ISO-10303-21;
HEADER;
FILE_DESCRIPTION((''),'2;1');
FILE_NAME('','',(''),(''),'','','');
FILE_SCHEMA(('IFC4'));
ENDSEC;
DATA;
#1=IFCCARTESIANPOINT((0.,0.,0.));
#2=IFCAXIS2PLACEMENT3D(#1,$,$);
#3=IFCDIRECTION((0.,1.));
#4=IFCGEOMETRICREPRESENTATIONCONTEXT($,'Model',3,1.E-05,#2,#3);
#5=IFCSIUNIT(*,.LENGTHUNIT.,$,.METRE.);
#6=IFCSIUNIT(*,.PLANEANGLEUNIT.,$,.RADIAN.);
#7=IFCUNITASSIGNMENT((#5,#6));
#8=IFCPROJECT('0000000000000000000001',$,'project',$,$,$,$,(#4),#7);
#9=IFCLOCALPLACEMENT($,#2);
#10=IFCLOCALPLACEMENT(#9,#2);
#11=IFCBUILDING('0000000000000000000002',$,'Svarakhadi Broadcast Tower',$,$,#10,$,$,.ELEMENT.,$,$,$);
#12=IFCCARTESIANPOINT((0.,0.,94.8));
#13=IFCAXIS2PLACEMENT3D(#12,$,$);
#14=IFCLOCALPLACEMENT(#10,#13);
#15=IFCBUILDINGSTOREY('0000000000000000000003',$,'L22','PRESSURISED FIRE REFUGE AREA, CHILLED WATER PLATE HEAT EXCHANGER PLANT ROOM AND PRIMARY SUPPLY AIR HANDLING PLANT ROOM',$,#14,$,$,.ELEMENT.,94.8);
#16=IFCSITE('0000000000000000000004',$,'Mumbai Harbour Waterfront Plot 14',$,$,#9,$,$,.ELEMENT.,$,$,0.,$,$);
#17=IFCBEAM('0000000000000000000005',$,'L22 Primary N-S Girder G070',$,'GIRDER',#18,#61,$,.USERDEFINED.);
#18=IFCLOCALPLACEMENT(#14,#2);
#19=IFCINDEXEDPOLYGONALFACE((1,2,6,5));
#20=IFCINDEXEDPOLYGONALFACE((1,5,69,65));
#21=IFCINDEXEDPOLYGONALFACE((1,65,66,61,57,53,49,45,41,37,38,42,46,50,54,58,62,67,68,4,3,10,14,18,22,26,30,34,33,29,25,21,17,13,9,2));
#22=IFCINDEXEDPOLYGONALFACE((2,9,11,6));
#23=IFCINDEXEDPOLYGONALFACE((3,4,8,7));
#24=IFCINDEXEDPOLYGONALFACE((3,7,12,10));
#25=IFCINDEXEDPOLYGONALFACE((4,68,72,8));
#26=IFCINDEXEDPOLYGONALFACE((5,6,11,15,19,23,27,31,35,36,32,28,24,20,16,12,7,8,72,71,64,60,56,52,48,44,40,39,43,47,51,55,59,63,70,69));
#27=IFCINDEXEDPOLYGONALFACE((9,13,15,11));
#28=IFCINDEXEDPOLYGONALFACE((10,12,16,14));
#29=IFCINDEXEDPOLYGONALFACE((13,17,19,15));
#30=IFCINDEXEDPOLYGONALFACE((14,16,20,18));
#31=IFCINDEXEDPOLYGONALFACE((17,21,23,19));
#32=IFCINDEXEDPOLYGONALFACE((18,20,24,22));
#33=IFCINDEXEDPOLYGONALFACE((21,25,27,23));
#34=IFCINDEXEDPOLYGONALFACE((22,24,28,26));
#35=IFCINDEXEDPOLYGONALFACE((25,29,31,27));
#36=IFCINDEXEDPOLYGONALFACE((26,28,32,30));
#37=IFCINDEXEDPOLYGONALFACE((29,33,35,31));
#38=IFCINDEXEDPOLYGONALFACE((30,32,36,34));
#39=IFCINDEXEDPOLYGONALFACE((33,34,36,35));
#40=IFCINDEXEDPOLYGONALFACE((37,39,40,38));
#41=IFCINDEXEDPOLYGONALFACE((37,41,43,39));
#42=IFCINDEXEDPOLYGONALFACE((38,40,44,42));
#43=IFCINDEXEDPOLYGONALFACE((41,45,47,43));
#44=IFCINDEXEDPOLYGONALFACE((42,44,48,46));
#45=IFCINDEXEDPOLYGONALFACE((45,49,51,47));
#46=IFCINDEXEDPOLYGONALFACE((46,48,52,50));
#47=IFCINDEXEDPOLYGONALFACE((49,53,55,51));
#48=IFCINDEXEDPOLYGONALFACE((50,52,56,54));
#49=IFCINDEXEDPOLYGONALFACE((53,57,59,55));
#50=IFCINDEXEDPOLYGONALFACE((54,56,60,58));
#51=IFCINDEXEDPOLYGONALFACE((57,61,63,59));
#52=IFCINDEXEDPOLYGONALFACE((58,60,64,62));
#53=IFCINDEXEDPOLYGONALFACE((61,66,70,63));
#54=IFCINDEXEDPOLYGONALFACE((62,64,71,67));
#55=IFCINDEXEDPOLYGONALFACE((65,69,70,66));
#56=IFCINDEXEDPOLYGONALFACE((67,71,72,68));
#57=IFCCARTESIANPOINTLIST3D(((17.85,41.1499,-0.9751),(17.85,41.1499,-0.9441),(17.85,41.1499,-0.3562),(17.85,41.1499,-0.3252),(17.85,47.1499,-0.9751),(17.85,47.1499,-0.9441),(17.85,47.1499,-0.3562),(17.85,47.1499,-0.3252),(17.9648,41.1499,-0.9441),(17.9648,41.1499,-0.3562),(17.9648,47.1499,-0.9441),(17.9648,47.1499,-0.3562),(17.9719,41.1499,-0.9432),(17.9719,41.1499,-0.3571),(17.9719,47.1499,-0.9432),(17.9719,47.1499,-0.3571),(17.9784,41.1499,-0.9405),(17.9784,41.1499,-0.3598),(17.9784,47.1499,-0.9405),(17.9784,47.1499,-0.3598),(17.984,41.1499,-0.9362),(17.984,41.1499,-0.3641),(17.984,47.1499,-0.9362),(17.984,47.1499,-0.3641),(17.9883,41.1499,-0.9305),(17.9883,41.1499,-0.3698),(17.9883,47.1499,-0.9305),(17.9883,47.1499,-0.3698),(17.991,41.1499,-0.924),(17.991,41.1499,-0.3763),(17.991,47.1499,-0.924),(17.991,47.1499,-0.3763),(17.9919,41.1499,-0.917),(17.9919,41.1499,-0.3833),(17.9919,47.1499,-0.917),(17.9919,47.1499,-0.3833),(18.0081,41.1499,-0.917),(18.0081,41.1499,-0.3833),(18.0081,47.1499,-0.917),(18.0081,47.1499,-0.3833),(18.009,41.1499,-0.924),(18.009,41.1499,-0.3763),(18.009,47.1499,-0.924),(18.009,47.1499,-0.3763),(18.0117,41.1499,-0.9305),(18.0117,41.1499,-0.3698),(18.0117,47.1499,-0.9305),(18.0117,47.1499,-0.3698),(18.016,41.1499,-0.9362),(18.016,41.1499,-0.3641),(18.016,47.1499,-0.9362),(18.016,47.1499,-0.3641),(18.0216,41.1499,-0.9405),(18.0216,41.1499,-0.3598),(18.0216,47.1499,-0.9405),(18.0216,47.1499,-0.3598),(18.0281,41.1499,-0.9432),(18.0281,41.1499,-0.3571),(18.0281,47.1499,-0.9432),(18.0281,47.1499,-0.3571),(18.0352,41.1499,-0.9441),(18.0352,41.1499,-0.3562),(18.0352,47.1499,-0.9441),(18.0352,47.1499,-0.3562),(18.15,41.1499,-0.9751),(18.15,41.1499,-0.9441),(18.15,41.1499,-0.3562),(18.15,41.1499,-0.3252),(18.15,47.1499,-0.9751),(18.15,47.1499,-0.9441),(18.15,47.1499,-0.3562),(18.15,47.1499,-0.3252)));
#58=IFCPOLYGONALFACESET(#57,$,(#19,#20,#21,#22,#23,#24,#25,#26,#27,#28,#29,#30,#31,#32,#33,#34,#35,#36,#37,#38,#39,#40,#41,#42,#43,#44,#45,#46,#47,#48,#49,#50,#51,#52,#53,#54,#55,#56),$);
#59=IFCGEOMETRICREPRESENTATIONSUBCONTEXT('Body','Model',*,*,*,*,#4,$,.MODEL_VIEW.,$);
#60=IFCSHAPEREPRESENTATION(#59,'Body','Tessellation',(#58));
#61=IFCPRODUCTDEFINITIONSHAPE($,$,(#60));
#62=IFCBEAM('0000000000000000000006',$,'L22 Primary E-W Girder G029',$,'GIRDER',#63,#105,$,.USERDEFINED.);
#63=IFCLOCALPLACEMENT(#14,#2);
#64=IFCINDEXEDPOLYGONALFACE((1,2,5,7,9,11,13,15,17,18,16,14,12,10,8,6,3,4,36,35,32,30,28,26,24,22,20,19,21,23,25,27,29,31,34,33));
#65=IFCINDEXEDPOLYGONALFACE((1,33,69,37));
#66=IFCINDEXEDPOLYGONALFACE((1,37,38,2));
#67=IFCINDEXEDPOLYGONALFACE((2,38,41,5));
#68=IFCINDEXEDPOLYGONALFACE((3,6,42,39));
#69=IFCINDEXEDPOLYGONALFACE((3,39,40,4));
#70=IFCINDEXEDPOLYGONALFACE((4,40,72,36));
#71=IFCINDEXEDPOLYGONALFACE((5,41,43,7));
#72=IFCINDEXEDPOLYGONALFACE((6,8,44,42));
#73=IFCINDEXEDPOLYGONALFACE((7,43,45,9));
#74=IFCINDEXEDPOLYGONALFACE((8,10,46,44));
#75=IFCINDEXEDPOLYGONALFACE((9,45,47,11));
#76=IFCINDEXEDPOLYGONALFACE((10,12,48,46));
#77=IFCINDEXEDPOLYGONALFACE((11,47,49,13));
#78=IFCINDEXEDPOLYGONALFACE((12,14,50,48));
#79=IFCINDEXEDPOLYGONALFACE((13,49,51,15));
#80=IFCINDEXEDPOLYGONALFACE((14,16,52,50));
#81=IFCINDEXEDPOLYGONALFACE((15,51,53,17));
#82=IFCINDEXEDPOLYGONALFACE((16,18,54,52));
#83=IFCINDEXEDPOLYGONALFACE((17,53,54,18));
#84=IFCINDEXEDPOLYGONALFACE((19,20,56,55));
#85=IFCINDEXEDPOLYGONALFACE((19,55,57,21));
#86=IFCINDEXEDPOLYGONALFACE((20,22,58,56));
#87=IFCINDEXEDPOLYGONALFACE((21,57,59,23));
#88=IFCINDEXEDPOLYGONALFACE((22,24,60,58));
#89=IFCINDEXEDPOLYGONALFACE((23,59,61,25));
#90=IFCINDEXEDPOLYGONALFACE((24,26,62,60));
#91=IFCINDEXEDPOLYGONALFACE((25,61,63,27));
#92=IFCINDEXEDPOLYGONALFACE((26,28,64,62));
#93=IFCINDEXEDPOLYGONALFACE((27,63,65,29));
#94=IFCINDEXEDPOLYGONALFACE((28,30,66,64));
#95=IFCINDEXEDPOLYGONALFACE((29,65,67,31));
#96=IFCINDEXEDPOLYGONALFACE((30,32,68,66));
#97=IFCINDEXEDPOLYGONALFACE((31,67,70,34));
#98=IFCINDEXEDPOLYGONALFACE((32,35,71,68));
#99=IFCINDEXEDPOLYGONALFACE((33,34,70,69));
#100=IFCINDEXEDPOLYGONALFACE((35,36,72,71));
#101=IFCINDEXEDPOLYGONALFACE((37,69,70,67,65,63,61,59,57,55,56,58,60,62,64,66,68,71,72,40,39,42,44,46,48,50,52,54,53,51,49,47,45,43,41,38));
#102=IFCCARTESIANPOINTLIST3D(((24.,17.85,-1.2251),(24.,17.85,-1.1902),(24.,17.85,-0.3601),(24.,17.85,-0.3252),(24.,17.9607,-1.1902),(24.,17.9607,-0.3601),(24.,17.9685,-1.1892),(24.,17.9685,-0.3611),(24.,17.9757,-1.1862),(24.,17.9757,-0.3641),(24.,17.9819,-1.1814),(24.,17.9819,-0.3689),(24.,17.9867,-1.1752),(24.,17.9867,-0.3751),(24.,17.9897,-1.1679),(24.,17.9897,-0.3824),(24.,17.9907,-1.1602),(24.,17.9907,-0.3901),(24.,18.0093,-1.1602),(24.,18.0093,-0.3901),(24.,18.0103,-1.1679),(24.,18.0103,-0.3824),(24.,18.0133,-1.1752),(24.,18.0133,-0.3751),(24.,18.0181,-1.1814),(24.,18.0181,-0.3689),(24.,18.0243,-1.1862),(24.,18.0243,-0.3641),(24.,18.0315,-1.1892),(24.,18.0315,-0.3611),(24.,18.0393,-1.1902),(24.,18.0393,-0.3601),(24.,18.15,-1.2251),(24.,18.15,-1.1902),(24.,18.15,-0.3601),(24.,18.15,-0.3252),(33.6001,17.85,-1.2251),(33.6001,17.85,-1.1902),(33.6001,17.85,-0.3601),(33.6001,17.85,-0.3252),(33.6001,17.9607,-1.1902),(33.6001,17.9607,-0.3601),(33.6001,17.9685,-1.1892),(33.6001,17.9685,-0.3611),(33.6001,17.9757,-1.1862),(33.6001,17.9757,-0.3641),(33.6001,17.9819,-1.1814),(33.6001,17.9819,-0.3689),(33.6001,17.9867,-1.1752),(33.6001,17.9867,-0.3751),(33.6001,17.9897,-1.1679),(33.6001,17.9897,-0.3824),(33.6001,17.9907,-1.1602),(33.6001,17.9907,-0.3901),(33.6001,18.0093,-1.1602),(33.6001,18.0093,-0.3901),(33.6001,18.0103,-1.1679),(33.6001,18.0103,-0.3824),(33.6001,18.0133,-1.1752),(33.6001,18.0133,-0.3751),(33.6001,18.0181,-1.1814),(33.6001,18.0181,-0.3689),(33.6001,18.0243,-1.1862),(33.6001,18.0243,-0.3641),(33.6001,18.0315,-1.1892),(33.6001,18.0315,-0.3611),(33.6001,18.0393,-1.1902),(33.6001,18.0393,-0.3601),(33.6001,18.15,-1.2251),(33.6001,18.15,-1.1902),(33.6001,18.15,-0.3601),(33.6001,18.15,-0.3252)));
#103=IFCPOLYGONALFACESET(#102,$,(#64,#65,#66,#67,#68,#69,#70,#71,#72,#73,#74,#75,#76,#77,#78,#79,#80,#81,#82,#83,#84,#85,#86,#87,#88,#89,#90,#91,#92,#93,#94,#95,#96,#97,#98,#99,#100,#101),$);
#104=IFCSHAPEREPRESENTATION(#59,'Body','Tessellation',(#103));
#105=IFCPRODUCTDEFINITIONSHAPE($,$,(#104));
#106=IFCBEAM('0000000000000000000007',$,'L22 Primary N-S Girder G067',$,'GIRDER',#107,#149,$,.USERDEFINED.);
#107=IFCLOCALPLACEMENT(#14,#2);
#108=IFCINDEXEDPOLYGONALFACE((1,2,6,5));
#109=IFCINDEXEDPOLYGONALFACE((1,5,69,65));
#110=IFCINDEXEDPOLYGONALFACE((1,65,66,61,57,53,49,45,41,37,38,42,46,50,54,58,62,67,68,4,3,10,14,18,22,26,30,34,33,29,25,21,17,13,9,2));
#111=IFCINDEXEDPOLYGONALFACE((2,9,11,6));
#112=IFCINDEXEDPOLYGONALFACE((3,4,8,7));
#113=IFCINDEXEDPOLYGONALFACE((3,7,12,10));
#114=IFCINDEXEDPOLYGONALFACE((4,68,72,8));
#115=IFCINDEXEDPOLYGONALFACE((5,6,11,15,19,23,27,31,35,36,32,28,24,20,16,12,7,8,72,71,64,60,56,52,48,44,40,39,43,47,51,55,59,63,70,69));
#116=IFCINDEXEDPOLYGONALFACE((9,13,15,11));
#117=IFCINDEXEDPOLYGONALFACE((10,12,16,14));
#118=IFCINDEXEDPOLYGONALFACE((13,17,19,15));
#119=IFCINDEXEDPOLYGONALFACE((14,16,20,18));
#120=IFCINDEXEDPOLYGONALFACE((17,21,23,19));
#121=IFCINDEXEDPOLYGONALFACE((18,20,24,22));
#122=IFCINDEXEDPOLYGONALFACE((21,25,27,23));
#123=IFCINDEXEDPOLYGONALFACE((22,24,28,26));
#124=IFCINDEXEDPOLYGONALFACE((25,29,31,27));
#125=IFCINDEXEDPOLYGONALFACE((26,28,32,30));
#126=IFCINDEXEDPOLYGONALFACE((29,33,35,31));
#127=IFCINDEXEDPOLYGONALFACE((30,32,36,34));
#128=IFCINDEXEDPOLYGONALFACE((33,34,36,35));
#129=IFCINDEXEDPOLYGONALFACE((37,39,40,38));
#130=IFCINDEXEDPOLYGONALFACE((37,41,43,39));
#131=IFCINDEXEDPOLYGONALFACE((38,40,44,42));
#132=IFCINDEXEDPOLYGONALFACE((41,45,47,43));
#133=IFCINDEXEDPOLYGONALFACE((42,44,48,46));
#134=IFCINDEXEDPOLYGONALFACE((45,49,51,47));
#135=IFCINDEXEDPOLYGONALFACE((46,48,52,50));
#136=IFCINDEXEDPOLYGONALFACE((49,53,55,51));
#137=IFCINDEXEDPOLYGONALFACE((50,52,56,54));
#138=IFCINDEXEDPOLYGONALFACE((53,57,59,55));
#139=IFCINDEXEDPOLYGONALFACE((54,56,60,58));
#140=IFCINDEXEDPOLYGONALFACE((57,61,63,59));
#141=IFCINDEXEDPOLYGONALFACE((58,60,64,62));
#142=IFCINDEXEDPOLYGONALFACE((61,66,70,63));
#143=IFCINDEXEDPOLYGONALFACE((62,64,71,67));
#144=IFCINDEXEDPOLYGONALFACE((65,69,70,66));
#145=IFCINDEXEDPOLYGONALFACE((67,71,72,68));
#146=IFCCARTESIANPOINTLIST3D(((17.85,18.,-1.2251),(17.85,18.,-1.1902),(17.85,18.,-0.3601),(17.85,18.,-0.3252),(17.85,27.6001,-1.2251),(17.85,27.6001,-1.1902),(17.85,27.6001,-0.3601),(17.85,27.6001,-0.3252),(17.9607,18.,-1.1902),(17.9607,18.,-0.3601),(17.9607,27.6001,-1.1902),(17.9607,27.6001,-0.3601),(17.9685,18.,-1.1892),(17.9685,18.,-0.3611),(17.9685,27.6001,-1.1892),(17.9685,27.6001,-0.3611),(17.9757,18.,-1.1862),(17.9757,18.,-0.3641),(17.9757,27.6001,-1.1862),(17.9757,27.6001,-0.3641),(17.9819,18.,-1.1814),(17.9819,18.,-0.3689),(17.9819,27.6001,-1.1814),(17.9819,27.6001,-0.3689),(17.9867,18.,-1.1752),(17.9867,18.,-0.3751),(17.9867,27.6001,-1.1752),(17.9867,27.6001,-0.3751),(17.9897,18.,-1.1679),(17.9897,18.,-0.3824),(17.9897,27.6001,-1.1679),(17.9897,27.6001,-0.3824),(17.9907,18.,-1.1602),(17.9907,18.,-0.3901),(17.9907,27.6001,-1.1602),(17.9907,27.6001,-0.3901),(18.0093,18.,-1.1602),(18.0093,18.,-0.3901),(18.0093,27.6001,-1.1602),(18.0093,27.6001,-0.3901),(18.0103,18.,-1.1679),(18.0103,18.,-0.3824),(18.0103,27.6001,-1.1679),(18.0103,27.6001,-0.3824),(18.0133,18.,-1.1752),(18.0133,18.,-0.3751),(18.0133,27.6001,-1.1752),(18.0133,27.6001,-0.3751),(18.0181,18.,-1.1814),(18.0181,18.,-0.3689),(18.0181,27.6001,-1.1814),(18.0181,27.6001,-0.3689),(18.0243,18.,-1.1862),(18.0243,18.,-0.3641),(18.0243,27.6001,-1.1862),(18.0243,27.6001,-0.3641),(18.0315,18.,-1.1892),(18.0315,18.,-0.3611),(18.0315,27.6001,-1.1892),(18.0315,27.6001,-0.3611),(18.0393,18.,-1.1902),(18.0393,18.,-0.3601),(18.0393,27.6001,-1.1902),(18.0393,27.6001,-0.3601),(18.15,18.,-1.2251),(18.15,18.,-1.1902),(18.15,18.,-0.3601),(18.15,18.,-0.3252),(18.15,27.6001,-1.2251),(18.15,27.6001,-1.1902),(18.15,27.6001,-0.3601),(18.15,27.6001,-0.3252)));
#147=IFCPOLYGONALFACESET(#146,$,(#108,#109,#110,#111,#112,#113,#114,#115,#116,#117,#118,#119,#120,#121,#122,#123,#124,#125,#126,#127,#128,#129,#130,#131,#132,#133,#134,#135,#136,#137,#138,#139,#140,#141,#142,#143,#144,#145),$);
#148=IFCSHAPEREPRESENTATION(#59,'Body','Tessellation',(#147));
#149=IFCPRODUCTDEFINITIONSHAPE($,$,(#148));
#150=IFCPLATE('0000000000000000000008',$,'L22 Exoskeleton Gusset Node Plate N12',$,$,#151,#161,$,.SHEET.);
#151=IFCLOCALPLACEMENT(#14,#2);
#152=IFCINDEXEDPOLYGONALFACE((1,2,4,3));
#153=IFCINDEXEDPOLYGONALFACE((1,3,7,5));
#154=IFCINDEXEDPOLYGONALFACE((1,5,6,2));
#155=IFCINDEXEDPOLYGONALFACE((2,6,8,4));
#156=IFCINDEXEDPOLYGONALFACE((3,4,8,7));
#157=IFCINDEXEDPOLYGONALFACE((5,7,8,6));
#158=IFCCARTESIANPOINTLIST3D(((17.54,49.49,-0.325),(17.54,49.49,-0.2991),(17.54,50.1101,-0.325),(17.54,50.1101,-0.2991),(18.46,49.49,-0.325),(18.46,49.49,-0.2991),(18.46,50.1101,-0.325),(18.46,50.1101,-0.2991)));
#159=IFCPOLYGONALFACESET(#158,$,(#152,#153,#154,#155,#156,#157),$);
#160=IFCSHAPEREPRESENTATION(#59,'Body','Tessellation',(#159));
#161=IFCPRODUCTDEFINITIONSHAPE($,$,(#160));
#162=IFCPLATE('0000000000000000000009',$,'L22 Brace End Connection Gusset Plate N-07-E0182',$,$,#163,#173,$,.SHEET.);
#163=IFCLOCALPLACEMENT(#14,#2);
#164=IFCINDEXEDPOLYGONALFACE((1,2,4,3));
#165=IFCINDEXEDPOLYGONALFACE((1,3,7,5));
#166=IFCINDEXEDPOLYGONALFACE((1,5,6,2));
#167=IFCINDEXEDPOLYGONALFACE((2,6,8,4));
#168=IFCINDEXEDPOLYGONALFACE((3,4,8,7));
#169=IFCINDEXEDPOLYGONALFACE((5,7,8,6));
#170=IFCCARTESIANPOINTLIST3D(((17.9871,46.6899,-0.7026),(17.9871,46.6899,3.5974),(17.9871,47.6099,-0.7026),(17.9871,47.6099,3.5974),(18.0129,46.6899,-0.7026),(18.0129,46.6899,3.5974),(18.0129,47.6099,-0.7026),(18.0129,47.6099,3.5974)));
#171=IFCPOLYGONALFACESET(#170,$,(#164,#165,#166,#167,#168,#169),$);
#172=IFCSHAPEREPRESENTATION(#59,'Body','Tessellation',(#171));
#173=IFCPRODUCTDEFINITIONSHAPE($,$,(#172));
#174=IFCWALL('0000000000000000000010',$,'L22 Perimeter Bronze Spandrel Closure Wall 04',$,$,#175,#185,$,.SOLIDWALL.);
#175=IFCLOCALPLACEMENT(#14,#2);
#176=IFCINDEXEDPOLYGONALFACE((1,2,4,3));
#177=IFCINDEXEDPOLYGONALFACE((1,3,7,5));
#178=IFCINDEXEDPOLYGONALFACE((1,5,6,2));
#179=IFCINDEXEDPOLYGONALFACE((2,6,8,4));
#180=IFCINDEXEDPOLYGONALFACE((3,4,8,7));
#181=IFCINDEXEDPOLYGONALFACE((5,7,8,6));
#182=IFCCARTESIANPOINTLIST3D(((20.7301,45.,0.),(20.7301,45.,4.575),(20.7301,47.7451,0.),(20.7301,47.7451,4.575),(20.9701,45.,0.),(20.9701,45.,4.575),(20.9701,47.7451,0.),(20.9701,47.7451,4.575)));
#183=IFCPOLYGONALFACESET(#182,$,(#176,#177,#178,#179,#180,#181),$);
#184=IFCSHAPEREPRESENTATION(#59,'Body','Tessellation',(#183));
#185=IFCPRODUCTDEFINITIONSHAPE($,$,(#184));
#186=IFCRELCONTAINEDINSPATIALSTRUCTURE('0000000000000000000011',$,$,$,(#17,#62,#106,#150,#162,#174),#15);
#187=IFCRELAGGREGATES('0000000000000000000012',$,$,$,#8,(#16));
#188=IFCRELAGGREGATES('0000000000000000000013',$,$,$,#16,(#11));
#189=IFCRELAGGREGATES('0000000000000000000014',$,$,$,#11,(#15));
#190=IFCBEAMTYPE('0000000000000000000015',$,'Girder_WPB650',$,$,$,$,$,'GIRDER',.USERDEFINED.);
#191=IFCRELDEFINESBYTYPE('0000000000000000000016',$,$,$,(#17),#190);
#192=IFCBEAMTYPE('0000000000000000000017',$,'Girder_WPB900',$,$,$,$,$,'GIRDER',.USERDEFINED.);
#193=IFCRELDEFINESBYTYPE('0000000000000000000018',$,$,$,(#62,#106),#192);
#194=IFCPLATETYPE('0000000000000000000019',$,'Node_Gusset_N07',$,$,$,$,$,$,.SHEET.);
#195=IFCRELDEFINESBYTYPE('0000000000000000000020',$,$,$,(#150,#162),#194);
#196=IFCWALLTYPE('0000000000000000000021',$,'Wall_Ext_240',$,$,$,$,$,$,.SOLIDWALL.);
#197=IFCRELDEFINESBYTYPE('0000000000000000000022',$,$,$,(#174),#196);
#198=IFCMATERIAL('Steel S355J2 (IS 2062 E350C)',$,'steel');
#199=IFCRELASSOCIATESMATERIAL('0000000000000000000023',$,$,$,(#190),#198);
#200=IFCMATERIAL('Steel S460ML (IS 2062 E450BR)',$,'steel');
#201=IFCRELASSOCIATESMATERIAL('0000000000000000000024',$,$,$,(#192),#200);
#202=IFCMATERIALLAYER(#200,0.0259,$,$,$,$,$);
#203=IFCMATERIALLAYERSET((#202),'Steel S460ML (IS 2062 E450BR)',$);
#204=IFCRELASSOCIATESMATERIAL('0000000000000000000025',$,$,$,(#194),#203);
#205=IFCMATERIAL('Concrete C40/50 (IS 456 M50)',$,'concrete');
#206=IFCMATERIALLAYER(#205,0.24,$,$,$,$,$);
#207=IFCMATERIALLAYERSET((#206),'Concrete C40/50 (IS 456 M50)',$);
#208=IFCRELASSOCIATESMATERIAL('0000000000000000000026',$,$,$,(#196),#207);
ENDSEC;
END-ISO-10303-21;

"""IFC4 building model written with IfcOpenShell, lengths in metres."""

from ifc_helpers import new_model, si_unit, direction, frame, frame_2d, origin, origin_2d, place, context, subcontext, project, spatial, rectangle, i_section, extrude, material, layer, layer_set, material_profile, profile_set, type_object, element, save


model = new_model("IFC4")

# Units and contexts
model_context = context("Model", 3, precision=1e-05, world=origin(), true_north=direction((0.0, 1.0)))
body_context = subcontext(model_context, "Body", "Model", "MODEL_VIEW")
ifc_project = project(units=[si_unit("LENGTHUNIT", "METRE"), si_unit("PLANEANGLEUNIT", "RADIAN")], contexts=[model_context])

# Site, building, storey
site_placement = place(None, origin())
site = spatial("IfcSite", under=ifc_project, at=site_placement, Name="Mumbai Harbour Waterfront Plot 14", CompositionType="ELEMENT", RefElevation=0.0)
building_placement = place(site_placement, origin())
building = spatial("IfcBuilding", under=site, at=building_placement, Name="Svarakhadi Broadcast Tower", CompositionType="ELEMENT")
storey_placement = place(building_placement, frame((0.0, 0.0, 94.8)))
storey = spatial("IfcBuildingStorey", under=building, at=storey_placement, Name="L22", Description="PRESSURISED FIRE REFUGE AREA, CHILLED WATER PLATE HEAT EXCHANGER PLANT ROOM AND PRIMARY SUPPLY AIR HANDLING PLANT ROOM", CompositionType="ELEMENT", Elevation=94.8)

# Shared definitions
ifc_material_1 = material(Name="Steel S460ML (IS 2062 E450BR)", Category="steel")

# Beams
ifc_material_2 = material(Name="Steel S355J2 (IS 2062 E350C)", Category="steel")
ifc_material_profile_1 = material_profile(ifc_material_2, i_section(OverallWidth=0.3, OverallDepth=0.6499, WebThickness=0.0161, FlangeThickness=0.031, FilletRadius=0.0271, at=origin_2d()), Name="WPB 650x300x225")
ifc_profile_set_1 = profile_set([ifc_material_profile_1], Name="Steel S355J2 (IS 2062 E350C)")
beam_type_1 = type_object("IfcBeamType", Name="Girder_WPB650", ElementType="GIRDER", PredefinedType="USERDEFINED", material=ifc_profile_set_1)
for number, where, z_axis, x_axis, name in (
    (1, (18.0, 41.1499, -0.6501), (0.0, 1.0, 0.0), (-1.0, 0.0, 0.0), "L22 Primary N-S Girder G070"),
):
    element("IfcBeam", number, at=place(storey_placement, frame(where, z_axis=z_axis, x_axis=x_axis)), inside=storey, type_object=beam_type_1, Name=name, ObjectType="GIRDER", PredefinedType="USERDEFINED", context=body_context, shape_type="SweptSolid", body=[
        extrude(i_section(OverallWidth=0.3, OverallDepth=0.6499, WebThickness=0.0161, FlangeThickness=0.031, FilletRadius=0.0271, at=origin_2d()), origin(), (0.0, 0.0, 1.0), 6.0),
    ])
ifc_material_profile_2 = material_profile(ifc_material_1, i_section(OverallWidth=0.3, OverallDepth=0.8999, WebThickness=0.0186, FlangeThickness=0.0349, FilletRadius=0.03, at=origin_2d()), Name="WPB 900x300x291")
ifc_profile_set_2 = profile_set([ifc_material_profile_2], Name="Steel S460ML (IS 2062 E450BR)")
beam_type_2 = type_object("IfcBeamType", Name="Girder_WPB900", ElementType="GIRDER", PredefinedType="USERDEFINED", material=ifc_profile_set_2)
for number, where, z_axis, x_axis, name in (
    (2, (24.0, 18.0, -0.7751), (1.0, 0.0, 0.0), (0.0, 1.0, 0.0), "L22 Primary E-W Girder G029"),
    (3, (18.0, 18.0, -0.7751), (0.0, 1.0, 0.0), (-1.0, 0.0, 0.0), "L22 Primary N-S Girder G067"),
):
    element("IfcBeam", number, at=place(storey_placement, frame(where, z_axis=z_axis, x_axis=x_axis)), inside=storey, type_object=beam_type_2, Name=name, ObjectType="GIRDER", PredefinedType="USERDEFINED", context=body_context, shape_type="SweptSolid", body=[
        extrude(i_section(OverallWidth=0.3, OverallDepth=0.8999, WebThickness=0.0186, FlangeThickness=0.0349, FilletRadius=0.03, at=origin_2d()), origin(), (0.0, 0.0, 1.0), 9.6001),
    ])

# Plates
ifc_layer_1 = layer(ifc_material_1, 0.0259)
ifc_layer_set_1 = layer_set([ifc_layer_1], Name="Steel S460ML (IS 2062 E450BR)")
plate_type = type_object("IfcPlateType", Name="Node_Gusset_N07", PredefinedType="SHEET", material=ifc_layer_set_1)
plate_1_placement = place(storey_placement, frame((18.0, 49.8, -0.325), z_axis=(0.0, 0.0, 1.0), x_axis=(1.0, 0.0, 0.0)))
element("IfcPlate", 4, at=plate_1_placement, inside=storey, type_object=plate_type, Name="L22 Exoskeleton Gusset Node Plate N12", PredefinedType="SHEET", context=body_context, shape_type="SweptSolid", body=[
    extrude(rectangle(XDim=0.9199, YDim=0.6201, at=origin_2d()), origin(), (0.0, 0.0, 1.0), 0.0259),
])
plate_2_placement = place(storey_placement, frame((18.0, 47.1499, -0.7026), z_axis=(0.0, 0.0, 1.0), x_axis=(0.0, 1.0, 0.0)))
element("IfcPlate", 5, at=plate_2_placement, inside=storey, type_object=plate_type, Name="L22 Brace End Connection Gusset Plate N-07-E0182", PredefinedType="SHEET", context=body_context, shape_type="SweptSolid", body=[
    extrude(rectangle(XDim=0.9199, YDim=0.0259, at=origin_2d()), origin(), (0.0, 0.0, 1.0), 4.3),
])

# Wall
ifc_material_3 = material(Name="Concrete C40/50 (IS 456 M50)", Category="concrete")
ifc_layer_2 = layer(ifc_material_3, 0.24)
ifc_layer_set_2 = layer_set([ifc_layer_2], Name="Concrete C40/50 (IS 456 M50)")
wall_type_1 = type_object("IfcWallType", Name="Wall_Ext_240", PredefinedType="SOLIDWALL", material=ifc_layer_set_2)
wall_1_placement = place(storey_placement, frame((20.8501, 47.7451, 0.0), z_axis=(0.0, 0.0, 1.0), x_axis=(0.0, -1.0, 0.0)))
element("IfcWall", 6, at=wall_1_placement, inside=storey, type_object=wall_type_1, Name="L22 Perimeter Bronze Spandrel Closure Wall 04", PredefinedType="SOLIDWALL", context=body_context, shape_type="SweptSolid", body=[
    extrude(rectangle(XDim=2.7451, YDim=0.24, at=frame_2d((1.3726, 0.0))), origin(), (0.0, 0.0, 1.0), 4.575),
])

save(model, "model.ifc")
